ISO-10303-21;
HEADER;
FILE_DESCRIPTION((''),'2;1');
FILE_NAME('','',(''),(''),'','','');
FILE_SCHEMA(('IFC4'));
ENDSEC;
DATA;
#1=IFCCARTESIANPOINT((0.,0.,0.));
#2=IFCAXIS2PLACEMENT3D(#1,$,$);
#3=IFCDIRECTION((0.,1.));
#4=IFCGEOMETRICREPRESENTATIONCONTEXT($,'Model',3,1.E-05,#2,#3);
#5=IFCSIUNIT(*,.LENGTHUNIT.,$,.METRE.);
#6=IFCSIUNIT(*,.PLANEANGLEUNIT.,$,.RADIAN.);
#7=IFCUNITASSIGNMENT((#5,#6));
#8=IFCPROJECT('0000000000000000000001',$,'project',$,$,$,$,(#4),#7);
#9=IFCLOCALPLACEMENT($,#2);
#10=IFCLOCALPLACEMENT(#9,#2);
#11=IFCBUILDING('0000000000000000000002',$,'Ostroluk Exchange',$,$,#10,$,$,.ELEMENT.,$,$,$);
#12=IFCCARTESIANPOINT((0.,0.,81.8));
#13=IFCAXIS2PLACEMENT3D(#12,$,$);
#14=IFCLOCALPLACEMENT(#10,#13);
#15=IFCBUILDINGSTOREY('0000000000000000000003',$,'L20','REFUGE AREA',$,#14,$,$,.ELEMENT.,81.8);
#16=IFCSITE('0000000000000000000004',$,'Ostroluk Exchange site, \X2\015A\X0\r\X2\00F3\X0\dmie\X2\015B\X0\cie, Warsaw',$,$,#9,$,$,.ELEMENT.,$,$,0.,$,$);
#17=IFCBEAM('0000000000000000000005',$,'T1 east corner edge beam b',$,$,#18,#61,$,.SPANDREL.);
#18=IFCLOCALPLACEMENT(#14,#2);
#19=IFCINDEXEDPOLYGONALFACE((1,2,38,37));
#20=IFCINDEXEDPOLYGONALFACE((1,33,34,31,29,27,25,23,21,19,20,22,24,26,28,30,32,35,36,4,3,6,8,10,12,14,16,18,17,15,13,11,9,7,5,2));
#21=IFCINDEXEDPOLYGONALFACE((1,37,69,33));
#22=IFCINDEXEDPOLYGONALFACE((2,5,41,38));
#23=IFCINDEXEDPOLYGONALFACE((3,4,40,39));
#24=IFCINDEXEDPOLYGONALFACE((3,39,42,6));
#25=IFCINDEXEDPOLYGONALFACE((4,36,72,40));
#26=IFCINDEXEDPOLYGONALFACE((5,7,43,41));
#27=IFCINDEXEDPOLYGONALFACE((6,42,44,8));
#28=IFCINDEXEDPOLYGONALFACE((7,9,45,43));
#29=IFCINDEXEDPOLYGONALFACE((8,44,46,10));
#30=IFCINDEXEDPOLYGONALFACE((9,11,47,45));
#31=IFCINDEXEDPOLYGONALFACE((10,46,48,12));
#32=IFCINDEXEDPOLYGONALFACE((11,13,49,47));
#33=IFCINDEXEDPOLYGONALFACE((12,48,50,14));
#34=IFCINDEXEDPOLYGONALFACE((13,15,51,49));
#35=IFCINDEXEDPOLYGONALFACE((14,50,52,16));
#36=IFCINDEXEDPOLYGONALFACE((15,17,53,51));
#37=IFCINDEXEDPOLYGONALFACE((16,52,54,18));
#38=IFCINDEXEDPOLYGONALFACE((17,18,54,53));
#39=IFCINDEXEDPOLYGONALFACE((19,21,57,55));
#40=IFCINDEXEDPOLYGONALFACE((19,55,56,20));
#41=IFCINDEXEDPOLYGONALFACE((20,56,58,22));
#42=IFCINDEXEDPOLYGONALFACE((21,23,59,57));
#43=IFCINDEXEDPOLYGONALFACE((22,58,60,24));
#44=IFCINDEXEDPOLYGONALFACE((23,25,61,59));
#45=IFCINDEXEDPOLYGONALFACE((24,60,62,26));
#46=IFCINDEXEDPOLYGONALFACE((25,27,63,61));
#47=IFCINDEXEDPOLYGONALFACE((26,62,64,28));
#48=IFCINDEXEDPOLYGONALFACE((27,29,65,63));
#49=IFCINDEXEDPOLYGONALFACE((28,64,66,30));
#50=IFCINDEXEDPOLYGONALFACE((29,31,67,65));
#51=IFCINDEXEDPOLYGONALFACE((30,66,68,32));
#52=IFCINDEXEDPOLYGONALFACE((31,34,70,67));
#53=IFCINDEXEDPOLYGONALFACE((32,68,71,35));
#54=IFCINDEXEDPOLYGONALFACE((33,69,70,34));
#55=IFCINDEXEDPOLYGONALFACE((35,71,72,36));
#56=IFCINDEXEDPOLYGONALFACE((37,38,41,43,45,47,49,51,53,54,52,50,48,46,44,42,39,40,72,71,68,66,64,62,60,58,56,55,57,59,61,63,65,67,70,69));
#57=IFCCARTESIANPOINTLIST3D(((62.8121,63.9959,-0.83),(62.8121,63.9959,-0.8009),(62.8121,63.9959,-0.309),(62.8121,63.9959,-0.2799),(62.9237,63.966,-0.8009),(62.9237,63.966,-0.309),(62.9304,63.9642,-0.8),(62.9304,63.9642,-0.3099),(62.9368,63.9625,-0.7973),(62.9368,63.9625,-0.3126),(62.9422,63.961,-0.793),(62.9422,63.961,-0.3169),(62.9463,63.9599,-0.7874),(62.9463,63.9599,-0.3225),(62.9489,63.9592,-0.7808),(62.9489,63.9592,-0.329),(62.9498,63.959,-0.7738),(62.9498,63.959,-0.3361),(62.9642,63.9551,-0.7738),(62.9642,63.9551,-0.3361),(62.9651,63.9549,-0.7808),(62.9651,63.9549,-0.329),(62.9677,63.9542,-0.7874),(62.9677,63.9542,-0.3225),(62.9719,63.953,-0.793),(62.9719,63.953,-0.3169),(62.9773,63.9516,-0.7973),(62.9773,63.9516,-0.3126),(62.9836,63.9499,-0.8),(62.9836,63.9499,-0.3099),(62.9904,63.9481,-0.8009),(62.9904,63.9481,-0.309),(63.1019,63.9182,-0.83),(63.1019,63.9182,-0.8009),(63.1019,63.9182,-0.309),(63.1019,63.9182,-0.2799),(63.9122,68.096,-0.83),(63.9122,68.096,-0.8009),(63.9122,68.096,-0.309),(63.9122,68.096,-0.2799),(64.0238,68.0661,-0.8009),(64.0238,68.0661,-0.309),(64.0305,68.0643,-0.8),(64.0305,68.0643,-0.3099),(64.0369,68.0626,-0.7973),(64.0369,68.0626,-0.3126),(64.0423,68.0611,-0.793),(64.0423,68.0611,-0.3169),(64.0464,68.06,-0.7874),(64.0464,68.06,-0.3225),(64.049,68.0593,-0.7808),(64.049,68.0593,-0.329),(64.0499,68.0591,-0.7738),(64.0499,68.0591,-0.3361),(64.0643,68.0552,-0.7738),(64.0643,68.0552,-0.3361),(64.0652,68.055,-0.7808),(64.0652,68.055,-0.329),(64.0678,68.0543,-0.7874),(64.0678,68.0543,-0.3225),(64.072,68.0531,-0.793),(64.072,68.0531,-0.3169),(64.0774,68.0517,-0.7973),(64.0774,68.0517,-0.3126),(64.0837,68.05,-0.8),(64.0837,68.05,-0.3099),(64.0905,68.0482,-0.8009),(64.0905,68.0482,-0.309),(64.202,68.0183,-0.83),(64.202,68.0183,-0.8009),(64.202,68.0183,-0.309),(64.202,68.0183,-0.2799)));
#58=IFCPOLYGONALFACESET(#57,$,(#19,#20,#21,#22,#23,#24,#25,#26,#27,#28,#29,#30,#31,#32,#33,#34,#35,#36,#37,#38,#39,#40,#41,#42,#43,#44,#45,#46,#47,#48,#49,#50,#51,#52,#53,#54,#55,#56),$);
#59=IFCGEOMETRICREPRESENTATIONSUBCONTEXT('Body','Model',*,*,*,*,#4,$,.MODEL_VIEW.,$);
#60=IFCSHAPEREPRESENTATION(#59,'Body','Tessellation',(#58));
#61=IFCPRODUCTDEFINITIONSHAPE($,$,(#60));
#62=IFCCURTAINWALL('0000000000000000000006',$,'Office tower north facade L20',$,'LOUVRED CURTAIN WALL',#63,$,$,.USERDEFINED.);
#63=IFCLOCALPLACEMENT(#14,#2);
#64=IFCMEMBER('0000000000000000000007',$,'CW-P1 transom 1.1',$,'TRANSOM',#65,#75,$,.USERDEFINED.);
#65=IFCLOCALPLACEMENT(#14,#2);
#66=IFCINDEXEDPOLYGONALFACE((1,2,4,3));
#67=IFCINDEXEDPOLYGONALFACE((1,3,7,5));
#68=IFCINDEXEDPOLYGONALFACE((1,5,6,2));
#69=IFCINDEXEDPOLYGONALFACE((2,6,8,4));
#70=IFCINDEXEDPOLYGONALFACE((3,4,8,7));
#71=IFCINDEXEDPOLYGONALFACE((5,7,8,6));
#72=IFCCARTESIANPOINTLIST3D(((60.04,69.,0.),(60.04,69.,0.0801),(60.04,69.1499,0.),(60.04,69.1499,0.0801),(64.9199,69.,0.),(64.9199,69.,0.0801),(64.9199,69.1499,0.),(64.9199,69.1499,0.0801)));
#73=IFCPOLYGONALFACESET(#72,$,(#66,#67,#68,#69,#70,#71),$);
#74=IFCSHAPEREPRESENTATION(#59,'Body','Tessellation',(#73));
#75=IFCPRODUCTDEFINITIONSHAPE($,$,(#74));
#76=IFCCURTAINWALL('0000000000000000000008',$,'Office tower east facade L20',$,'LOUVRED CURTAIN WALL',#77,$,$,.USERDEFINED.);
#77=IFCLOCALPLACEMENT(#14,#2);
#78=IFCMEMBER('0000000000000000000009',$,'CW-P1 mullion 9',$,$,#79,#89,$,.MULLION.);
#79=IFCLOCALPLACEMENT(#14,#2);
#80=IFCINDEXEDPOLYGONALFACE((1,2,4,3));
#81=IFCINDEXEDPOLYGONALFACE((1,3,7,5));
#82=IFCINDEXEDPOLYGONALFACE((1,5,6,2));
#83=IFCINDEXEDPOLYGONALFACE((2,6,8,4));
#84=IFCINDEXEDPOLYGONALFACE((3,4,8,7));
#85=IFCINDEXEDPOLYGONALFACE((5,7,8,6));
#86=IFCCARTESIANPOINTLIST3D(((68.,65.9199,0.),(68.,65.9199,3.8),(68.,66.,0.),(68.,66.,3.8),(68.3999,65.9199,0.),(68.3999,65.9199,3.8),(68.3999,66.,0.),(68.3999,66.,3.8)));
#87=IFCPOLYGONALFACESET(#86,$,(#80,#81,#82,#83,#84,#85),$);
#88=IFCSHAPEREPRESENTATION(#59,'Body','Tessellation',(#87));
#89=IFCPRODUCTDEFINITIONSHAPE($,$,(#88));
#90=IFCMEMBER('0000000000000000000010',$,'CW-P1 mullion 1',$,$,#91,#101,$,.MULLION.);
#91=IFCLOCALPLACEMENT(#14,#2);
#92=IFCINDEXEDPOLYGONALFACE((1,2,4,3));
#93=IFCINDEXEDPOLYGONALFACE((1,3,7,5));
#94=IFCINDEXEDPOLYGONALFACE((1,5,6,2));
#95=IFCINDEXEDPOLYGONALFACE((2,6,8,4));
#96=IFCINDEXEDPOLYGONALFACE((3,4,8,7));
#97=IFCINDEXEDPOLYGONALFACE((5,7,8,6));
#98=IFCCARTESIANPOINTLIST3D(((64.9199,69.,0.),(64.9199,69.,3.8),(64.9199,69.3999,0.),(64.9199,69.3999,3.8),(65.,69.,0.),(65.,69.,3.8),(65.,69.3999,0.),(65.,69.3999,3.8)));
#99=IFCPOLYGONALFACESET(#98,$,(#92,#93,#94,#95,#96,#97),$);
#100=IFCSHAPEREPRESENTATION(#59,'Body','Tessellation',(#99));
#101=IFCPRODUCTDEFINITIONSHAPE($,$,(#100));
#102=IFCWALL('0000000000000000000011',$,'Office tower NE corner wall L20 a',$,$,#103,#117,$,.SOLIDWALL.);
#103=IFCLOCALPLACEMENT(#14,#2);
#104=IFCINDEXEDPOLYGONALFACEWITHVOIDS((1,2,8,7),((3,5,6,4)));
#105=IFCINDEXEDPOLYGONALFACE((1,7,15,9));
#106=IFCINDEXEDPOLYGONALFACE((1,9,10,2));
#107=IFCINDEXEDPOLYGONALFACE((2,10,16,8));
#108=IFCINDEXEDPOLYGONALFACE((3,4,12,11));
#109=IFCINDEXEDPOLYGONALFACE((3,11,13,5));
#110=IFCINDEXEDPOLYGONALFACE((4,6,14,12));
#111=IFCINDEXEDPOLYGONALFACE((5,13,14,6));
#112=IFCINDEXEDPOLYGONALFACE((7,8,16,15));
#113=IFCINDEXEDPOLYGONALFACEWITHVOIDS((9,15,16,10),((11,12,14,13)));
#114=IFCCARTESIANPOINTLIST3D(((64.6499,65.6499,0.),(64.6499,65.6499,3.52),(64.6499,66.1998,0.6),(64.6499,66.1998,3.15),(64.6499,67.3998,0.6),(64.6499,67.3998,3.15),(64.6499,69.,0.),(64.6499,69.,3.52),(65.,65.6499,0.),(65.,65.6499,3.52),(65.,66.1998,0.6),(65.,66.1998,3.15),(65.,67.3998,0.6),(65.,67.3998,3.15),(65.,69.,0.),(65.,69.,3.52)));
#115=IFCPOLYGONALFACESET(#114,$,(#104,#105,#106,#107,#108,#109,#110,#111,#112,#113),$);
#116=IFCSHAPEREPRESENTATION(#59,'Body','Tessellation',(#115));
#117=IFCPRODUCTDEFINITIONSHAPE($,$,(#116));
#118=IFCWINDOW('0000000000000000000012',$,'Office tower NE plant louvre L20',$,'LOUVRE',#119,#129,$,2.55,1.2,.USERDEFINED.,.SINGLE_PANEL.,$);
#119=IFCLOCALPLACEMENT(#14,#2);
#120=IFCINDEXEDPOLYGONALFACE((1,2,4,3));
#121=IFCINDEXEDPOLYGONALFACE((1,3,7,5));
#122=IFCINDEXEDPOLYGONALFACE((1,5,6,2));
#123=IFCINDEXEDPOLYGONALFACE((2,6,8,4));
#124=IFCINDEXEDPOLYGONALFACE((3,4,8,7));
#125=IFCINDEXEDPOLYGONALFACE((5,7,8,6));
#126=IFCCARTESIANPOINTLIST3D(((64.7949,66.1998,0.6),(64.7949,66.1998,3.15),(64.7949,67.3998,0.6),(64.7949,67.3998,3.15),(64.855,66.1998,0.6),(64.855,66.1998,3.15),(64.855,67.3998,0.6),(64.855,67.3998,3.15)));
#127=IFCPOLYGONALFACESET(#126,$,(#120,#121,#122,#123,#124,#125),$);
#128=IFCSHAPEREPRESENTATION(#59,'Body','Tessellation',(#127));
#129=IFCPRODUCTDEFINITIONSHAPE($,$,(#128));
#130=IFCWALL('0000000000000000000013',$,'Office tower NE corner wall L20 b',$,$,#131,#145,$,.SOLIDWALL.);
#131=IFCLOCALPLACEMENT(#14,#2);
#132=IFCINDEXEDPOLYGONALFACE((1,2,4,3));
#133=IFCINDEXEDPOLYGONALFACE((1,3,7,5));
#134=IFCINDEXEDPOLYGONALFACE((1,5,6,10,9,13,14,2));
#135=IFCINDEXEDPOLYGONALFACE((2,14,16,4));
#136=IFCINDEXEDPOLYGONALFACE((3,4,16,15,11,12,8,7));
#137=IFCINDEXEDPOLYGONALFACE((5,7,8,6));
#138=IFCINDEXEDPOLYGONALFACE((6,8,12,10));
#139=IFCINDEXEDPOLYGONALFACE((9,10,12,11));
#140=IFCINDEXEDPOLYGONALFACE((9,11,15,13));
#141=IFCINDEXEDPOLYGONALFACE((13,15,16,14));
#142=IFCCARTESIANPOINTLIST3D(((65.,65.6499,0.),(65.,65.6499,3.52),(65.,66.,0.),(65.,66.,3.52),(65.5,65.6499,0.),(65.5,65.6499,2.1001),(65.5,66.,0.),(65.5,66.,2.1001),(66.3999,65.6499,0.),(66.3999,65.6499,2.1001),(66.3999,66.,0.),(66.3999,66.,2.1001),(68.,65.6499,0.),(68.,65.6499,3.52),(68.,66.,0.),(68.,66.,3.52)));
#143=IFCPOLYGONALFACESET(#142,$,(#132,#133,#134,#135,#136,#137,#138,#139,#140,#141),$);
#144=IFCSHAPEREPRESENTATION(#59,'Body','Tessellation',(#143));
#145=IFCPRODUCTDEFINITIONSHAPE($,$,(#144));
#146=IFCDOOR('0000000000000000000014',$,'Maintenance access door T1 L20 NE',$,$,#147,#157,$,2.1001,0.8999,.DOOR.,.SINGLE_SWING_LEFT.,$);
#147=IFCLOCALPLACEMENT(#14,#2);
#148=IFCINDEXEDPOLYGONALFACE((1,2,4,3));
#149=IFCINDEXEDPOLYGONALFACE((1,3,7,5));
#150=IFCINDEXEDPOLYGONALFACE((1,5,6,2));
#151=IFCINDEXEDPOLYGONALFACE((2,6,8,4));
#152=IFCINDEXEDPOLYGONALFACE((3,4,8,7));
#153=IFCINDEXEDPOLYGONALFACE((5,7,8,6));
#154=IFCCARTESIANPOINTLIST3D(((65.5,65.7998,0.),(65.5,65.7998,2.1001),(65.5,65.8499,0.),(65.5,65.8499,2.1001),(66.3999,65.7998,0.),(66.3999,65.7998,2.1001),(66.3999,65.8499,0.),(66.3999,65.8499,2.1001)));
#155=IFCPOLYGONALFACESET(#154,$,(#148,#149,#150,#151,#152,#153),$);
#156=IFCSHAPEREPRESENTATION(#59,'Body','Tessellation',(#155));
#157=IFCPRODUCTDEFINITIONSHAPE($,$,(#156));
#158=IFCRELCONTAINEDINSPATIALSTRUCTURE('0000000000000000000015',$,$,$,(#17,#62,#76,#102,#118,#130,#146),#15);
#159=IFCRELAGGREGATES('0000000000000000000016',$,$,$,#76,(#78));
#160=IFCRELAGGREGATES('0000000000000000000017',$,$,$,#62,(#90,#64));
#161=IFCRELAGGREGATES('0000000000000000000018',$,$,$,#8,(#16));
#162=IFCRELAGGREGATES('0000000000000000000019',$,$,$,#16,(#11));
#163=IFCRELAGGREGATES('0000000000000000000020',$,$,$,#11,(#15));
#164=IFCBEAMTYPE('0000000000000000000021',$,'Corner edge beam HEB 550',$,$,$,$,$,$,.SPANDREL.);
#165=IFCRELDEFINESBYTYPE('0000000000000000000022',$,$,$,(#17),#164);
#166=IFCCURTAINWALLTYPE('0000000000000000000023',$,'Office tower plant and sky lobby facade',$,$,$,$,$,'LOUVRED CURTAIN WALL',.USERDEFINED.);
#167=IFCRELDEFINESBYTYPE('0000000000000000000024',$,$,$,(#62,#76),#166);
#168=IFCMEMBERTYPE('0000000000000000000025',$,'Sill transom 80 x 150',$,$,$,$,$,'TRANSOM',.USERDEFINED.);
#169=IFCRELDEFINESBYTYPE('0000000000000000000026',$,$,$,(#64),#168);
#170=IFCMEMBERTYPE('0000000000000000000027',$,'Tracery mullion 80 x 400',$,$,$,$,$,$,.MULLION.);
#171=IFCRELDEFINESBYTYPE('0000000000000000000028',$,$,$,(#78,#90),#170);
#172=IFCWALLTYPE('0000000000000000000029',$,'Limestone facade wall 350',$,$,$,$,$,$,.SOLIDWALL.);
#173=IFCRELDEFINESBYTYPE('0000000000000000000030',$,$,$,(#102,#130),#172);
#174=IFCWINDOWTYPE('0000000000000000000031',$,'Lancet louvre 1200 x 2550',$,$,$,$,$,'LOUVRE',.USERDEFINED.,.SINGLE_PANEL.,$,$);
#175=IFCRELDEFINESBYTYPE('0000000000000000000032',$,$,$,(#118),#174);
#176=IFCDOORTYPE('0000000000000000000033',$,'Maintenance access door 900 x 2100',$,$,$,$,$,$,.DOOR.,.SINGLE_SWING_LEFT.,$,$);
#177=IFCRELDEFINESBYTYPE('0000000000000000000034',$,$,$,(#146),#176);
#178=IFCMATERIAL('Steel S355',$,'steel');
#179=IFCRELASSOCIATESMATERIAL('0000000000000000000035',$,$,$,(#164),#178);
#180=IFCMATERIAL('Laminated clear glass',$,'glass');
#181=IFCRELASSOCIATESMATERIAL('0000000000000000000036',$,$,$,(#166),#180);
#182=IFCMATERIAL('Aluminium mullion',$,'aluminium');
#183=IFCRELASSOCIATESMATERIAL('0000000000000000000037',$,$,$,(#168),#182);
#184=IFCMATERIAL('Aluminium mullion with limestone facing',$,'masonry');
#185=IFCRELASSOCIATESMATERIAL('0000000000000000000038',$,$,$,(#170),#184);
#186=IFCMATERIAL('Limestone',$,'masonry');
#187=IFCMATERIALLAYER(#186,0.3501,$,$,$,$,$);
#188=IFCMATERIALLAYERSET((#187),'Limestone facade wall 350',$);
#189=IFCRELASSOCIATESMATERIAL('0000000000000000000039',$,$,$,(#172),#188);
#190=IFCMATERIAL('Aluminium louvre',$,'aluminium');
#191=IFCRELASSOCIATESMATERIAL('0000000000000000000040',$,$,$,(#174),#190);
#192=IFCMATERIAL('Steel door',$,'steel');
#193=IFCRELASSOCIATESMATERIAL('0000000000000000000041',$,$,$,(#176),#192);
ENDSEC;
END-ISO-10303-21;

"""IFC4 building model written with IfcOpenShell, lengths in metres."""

from ifc_helpers import new_model, si_unit, direction, frame, frame_2d, origin, origin_2d, place, context, subcontext, project, spatial, rectangle, i_section, extrude, material, layer, layer_set, material_profile, profile_set, type_object, element, fill, aggregate, save


model = new_model("IFC4")

# Units and contexts
model_context = context("Model", 3, precision=1e-05, world=origin(), true_north=direction((0.0, 1.0)))
body_context = subcontext(model_context, "Body", "Model", "MODEL_VIEW")
ifc_project = project(units=[si_unit("LENGTHUNIT", "METRE"), si_unit("PLANEANGLEUNIT", "RADIAN")], contexts=[model_context])

# Site, building, storey
site_placement = place(None, origin())
site = spatial("IfcSite", under=ifc_project, at=site_placement, Name="Ostroluk Exchange site, Śródmieście, Warsaw", CompositionType="ELEMENT", RefElevation=0.0)
building_placement = place(site_placement, origin())
building = spatial("IfcBuilding", under=site, at=building_placement, Name="Ostroluk Exchange", CompositionType="ELEMENT")
storey_placement = place(building_placement, frame((0.0, 0.0, 81.8)))
storey = spatial("IfcBuildingStorey", under=building, at=storey_placement, Name="L20", Description="REFUGE AREA", CompositionType="ELEMENT", Elevation=81.8)

# Beam
ifc_material_1 = material(Name="Steel S355", Category="steel")
ifc_material_profile_1 = material_profile(ifc_material_1, i_section(OverallWidth=0.3, OverallDepth=0.55, WebThickness=0.0149, FlangeThickness=0.0291, FilletRadius=0.0271, at=origin_2d()), Name="HEB 550")
ifc_profile_set_1 = profile_set([ifc_material_profile_1], Name="Steel S355")
beam_type_1 = type_object("IfcBeamType", Name="Corner edge beam HEB 550", PredefinedType="SPANDREL", material=ifc_profile_set_1)
for number, where, z_axis, x_axis, name in (
    (1, (62.957, 63.957, -0.5549), (0.259144, 0.965839, 0.0), (-0.965839, 0.259144, 0.0), "T1 east corner edge beam b"),
):
    element("IfcBeam", number, at=place(storey_placement, frame(where, z_axis=z_axis, x_axis=x_axis)), inside=storey, type_object=beam_type_1, Name=name, PredefinedType="SPANDREL", context=body_context, shape_type="SweptSolid", body=[
        extrude(i_section(OverallWidth=0.3, OverallDepth=0.55, WebThickness=0.0149, FlangeThickness=0.0291, FilletRadius=0.0271, at=origin_2d()), origin(), (0.0, 0.0, 1.0), 4.2451),
    ])

# Curtain walls, members
ifc_material_2 = material(Name="Laminated clear glass", Category="glass")
curtain_wall_type = type_object("IfcCurtainWallType", Name="Office tower plant and sky lobby facade", ElementType="LOUVRED CURTAIN WALL", PredefinedType="USERDEFINED", material=ifc_material_2)
curtain_wall_1_placement = place(storey_placement, origin())
curtain_wall_1 = element("IfcCurtainWall", 2, at=curtain_wall_1_placement, inside=storey, type_object=curtain_wall_type, Name="Office tower north facade L20", ObjectType="LOUVRED CURTAIN WALL", PredefinedType="USERDEFINED")
ifc_material_3 = material(Name="Aluminium mullion", Category="aluminium")
ifc_material_profile_2 = material_profile(ifc_material_3, rectangle(XDim=0.1499, YDim=0.0801, at=origin_2d()), Name="Sill transom 80 x 150")
ifc_profile_set_2 = profile_set([ifc_material_profile_2], Name="Aluminium mullion")
member_type_1 = type_object("IfcMemberType", Name="Sill transom 80 x 150", ElementType="TRANSOM", PredefinedType="USERDEFINED", material=ifc_profile_set_2)
member_1_placement = place(storey_placement, frame((64.9199, 69.075, 0.04), z_axis=(-1.0, 0.0, 0.0), x_axis=(0.0, -1.0, 0.0)))
member_1 = element("IfcMember", 3, at=member_1_placement, type_object=member_type_1, Name="CW-P1 transom 1.1", ObjectType="TRANSOM", PredefinedType="USERDEFINED", context=body_context, shape_type="SweptSolid", body=[
    extrude(rectangle(XDim=0.1499, YDim=0.0801, at=origin_2d()), origin(), (0.0, 0.0, 1.0), 4.8799),
])
curtain_wall_2_placement = place(storey_placement, origin())
curtain_wall_2 = element("IfcCurtainWall", 4, at=curtain_wall_2_placement, inside=storey, type_object=curtain_wall_type, Name="Office tower east facade L20", ObjectType="LOUVRED CURTAIN WALL", PredefinedType="USERDEFINED")
ifc_material_4 = material(Name="Aluminium mullion with limestone facing", Category="masonry")
ifc_material_profile_3 = material_profile(ifc_material_4, rectangle(XDim=0.3999, YDim=0.0801, at=origin_2d()), Name="Tracery mullion 80 x 400")
ifc_profile_set_3 = profile_set([ifc_material_profile_3], Name="Aluminium mullion with limestone facing")
member_type_2 = type_object("IfcMemberType", Name="Tracery mullion 80 x 400", PredefinedType="MULLION", material=ifc_profile_set_3)
member_2_placement = place(storey_placement, frame((68.2, 65.96, 0.0), z_axis=(0.0, 0.0, 1.0), x_axis=(-1.0, 0.0, 0.0)))
member_2 = element("IfcMember", 5, at=member_2_placement, type_object=member_type_2, Name="CW-P1 mullion 9", PredefinedType="MULLION", context=body_context, shape_type="SweptSolid", body=[
    extrude(rectangle(XDim=0.3999, YDim=0.0801, at=origin_2d()), origin(), (0.0, 0.0, 1.0), 3.8),
])
aggregate(curtain_wall_2, [member_2])

# Member
member_3_placement = place(storey_placement, frame((64.96, 69.2, 0.0), z_axis=(0.0, 0.0, 1.0), x_axis=(0.0, -1.0, 0.0)))
member_3 = element("IfcMember", 6, at=member_3_placement, type_object=member_type_2, Name="CW-P1 mullion 1", PredefinedType="MULLION", context=body_context, shape_type="SweptSolid", body=[
    extrude(rectangle(XDim=0.3999, YDim=0.0801, at=origin_2d()), origin(), (0.0, 0.0, 1.0), 3.8),
])
aggregate(curtain_wall_1, [member_3, member_1])

# Wall, opening, window
ifc_material_5 = material(Name="Limestone", Category="masonry")
ifc_layer = layer(ifc_material_5, 0.3501)
ifc_layer_set = layer_set([ifc_layer], Name="Limestone facade wall 350")
wall_type = type_object("IfcWallType", Name="Limestone facade wall 350", PredefinedType="SOLIDWALL", material=ifc_layer_set)
wall_1_placement = place(storey_placement, frame((64.825, 69.0, 0.0), z_axis=(0.0, 0.0, 1.0), x_axis=(0.0, -1.0, 0.0)))
wall_1 = element("IfcWall", 7, at=wall_1_placement, inside=storey, type_object=wall_type, Name="Office tower NE corner wall L20 a", PredefinedType="SOLIDWALL", context=body_context, shape_type="SweptSolid", body=[
    extrude(rectangle(XDim=3.3501, YDim=0.3501, at=frame_2d((1.675, 0.0))), origin(), (0.0, 0.0, 1.0), 3.52),
])
opening_1_placement = place(wall_1_placement, frame((1.6001, 0.0, 0.6001)))
opening_1 = element("IfcOpeningElement", 8, at=opening_1_placement, cuts=wall_1, PredefinedType="OPENING", context=body_context, shape_type="SweptSolid", body=[
    extrude(rectangle(XDim=1.2, YDim=2.55, at=frame_2d((0.6001, 1.2749))), frame((0.0, 0.1851, 0.0), z_axis=(0.0, -1.0, 0.0), x_axis=(1.0, 0.0, 0.0)), (0.0, 0.0, 1.0), 0.3701),
])
ifc_material_6 = material(Name="Aluminium louvre", Category="aluminium")
window_type = type_object("IfcWindowType", Name="Lancet louvre 1200 x 2550", ElementType="LOUVRE", PartitioningType="SINGLE_PANEL", PredefinedType="USERDEFINED", material=ifc_material_6)
window_placement = place(opening_1_placement, origin())
window = element("IfcWindow", 9, at=window_placement, inside=storey, type_object=window_type, Name="Office tower NE plant louvre L20", ObjectType="LOUVRE", OverallHeight=2.55, OverallWidth=1.2, PartitioningType="SINGLE_PANEL", PredefinedType="USERDEFINED", context=body_context, shape_type="SweptSolid", body=[
    extrude(rectangle(XDim=1.2, YDim=2.55, at=frame_2d((0.6001, 1.2749))), frame((0.0, 0.03, 0.0), z_axis=(0.0, -1.0, 0.0), x_axis=(1.0, 0.0, 0.0)), (0.0, 0.0, 1.0), 0.0601),
])
fill(opening_1, window)

# Wall, opening, door
wall_2_placement = place(storey_placement, frame((65.0, 65.825, 0.0), z_axis=(0.0, 0.0, 1.0), x_axis=(1.0, 0.0, 0.0)))
wall_2 = element("IfcWall", 10, at=wall_2_placement, inside=storey, type_object=wall_type, Name="Office tower NE corner wall L20 b", PredefinedType="SOLIDWALL", context=body_context, shape_type="SweptSolid", body=[
    extrude(rectangle(XDim=3.0, YDim=0.3501, at=frame_2d((1.5, 0.0))), origin(), (0.0, 0.0, 1.0), 3.52),
])
opening_2_placement = place(wall_2_placement, frame((0.5, 0.0, 0.0)))
opening_2 = element("IfcOpeningElement", 11, at=opening_2_placement, cuts=wall_2, PredefinedType="OPENING", context=body_context, shape_type="SweptSolid", body=[
    extrude(rectangle(XDim=0.8999, YDim=2.1001, at=frame_2d((0.45, 1.05))), frame((0.0, 0.1851, 0.0), z_axis=(0.0, -1.0, 0.0), x_axis=(1.0, 0.0, 0.0)), (0.0, 0.0, 1.0), 0.3701),
])
ifc_material_7 = material(Name="Steel door", Category="steel")
door_type = type_object("IfcDoorType", Name="Maintenance access door 900 x 2100", OperationType="SINGLE_SWING_LEFT", PredefinedType="DOOR", material=ifc_material_7)
door_placement = place(opening_2_placement, origin())
door = element("IfcDoor", 12, at=door_placement, inside=storey, type_object=door_type, Name="Maintenance access door T1 L20 NE", OperationType="SINGLE_SWING_LEFT", OverallHeight=2.1001, OverallWidth=0.8999, PredefinedType="DOOR", context=body_context, shape_type="SweptSolid", body=[
    extrude(rectangle(XDim=0.8999, YDim=2.1001, at=frame_2d((0.45, 1.05))), frame((0.0, 0.0249, 0.0), z_axis=(0.0, -1.0, 0.0), x_axis=(1.0, 0.0, 0.0)), (0.0, 0.0, 1.0), 0.05),
])
fill(opening_2, door)

save(model, "model.ifc")
